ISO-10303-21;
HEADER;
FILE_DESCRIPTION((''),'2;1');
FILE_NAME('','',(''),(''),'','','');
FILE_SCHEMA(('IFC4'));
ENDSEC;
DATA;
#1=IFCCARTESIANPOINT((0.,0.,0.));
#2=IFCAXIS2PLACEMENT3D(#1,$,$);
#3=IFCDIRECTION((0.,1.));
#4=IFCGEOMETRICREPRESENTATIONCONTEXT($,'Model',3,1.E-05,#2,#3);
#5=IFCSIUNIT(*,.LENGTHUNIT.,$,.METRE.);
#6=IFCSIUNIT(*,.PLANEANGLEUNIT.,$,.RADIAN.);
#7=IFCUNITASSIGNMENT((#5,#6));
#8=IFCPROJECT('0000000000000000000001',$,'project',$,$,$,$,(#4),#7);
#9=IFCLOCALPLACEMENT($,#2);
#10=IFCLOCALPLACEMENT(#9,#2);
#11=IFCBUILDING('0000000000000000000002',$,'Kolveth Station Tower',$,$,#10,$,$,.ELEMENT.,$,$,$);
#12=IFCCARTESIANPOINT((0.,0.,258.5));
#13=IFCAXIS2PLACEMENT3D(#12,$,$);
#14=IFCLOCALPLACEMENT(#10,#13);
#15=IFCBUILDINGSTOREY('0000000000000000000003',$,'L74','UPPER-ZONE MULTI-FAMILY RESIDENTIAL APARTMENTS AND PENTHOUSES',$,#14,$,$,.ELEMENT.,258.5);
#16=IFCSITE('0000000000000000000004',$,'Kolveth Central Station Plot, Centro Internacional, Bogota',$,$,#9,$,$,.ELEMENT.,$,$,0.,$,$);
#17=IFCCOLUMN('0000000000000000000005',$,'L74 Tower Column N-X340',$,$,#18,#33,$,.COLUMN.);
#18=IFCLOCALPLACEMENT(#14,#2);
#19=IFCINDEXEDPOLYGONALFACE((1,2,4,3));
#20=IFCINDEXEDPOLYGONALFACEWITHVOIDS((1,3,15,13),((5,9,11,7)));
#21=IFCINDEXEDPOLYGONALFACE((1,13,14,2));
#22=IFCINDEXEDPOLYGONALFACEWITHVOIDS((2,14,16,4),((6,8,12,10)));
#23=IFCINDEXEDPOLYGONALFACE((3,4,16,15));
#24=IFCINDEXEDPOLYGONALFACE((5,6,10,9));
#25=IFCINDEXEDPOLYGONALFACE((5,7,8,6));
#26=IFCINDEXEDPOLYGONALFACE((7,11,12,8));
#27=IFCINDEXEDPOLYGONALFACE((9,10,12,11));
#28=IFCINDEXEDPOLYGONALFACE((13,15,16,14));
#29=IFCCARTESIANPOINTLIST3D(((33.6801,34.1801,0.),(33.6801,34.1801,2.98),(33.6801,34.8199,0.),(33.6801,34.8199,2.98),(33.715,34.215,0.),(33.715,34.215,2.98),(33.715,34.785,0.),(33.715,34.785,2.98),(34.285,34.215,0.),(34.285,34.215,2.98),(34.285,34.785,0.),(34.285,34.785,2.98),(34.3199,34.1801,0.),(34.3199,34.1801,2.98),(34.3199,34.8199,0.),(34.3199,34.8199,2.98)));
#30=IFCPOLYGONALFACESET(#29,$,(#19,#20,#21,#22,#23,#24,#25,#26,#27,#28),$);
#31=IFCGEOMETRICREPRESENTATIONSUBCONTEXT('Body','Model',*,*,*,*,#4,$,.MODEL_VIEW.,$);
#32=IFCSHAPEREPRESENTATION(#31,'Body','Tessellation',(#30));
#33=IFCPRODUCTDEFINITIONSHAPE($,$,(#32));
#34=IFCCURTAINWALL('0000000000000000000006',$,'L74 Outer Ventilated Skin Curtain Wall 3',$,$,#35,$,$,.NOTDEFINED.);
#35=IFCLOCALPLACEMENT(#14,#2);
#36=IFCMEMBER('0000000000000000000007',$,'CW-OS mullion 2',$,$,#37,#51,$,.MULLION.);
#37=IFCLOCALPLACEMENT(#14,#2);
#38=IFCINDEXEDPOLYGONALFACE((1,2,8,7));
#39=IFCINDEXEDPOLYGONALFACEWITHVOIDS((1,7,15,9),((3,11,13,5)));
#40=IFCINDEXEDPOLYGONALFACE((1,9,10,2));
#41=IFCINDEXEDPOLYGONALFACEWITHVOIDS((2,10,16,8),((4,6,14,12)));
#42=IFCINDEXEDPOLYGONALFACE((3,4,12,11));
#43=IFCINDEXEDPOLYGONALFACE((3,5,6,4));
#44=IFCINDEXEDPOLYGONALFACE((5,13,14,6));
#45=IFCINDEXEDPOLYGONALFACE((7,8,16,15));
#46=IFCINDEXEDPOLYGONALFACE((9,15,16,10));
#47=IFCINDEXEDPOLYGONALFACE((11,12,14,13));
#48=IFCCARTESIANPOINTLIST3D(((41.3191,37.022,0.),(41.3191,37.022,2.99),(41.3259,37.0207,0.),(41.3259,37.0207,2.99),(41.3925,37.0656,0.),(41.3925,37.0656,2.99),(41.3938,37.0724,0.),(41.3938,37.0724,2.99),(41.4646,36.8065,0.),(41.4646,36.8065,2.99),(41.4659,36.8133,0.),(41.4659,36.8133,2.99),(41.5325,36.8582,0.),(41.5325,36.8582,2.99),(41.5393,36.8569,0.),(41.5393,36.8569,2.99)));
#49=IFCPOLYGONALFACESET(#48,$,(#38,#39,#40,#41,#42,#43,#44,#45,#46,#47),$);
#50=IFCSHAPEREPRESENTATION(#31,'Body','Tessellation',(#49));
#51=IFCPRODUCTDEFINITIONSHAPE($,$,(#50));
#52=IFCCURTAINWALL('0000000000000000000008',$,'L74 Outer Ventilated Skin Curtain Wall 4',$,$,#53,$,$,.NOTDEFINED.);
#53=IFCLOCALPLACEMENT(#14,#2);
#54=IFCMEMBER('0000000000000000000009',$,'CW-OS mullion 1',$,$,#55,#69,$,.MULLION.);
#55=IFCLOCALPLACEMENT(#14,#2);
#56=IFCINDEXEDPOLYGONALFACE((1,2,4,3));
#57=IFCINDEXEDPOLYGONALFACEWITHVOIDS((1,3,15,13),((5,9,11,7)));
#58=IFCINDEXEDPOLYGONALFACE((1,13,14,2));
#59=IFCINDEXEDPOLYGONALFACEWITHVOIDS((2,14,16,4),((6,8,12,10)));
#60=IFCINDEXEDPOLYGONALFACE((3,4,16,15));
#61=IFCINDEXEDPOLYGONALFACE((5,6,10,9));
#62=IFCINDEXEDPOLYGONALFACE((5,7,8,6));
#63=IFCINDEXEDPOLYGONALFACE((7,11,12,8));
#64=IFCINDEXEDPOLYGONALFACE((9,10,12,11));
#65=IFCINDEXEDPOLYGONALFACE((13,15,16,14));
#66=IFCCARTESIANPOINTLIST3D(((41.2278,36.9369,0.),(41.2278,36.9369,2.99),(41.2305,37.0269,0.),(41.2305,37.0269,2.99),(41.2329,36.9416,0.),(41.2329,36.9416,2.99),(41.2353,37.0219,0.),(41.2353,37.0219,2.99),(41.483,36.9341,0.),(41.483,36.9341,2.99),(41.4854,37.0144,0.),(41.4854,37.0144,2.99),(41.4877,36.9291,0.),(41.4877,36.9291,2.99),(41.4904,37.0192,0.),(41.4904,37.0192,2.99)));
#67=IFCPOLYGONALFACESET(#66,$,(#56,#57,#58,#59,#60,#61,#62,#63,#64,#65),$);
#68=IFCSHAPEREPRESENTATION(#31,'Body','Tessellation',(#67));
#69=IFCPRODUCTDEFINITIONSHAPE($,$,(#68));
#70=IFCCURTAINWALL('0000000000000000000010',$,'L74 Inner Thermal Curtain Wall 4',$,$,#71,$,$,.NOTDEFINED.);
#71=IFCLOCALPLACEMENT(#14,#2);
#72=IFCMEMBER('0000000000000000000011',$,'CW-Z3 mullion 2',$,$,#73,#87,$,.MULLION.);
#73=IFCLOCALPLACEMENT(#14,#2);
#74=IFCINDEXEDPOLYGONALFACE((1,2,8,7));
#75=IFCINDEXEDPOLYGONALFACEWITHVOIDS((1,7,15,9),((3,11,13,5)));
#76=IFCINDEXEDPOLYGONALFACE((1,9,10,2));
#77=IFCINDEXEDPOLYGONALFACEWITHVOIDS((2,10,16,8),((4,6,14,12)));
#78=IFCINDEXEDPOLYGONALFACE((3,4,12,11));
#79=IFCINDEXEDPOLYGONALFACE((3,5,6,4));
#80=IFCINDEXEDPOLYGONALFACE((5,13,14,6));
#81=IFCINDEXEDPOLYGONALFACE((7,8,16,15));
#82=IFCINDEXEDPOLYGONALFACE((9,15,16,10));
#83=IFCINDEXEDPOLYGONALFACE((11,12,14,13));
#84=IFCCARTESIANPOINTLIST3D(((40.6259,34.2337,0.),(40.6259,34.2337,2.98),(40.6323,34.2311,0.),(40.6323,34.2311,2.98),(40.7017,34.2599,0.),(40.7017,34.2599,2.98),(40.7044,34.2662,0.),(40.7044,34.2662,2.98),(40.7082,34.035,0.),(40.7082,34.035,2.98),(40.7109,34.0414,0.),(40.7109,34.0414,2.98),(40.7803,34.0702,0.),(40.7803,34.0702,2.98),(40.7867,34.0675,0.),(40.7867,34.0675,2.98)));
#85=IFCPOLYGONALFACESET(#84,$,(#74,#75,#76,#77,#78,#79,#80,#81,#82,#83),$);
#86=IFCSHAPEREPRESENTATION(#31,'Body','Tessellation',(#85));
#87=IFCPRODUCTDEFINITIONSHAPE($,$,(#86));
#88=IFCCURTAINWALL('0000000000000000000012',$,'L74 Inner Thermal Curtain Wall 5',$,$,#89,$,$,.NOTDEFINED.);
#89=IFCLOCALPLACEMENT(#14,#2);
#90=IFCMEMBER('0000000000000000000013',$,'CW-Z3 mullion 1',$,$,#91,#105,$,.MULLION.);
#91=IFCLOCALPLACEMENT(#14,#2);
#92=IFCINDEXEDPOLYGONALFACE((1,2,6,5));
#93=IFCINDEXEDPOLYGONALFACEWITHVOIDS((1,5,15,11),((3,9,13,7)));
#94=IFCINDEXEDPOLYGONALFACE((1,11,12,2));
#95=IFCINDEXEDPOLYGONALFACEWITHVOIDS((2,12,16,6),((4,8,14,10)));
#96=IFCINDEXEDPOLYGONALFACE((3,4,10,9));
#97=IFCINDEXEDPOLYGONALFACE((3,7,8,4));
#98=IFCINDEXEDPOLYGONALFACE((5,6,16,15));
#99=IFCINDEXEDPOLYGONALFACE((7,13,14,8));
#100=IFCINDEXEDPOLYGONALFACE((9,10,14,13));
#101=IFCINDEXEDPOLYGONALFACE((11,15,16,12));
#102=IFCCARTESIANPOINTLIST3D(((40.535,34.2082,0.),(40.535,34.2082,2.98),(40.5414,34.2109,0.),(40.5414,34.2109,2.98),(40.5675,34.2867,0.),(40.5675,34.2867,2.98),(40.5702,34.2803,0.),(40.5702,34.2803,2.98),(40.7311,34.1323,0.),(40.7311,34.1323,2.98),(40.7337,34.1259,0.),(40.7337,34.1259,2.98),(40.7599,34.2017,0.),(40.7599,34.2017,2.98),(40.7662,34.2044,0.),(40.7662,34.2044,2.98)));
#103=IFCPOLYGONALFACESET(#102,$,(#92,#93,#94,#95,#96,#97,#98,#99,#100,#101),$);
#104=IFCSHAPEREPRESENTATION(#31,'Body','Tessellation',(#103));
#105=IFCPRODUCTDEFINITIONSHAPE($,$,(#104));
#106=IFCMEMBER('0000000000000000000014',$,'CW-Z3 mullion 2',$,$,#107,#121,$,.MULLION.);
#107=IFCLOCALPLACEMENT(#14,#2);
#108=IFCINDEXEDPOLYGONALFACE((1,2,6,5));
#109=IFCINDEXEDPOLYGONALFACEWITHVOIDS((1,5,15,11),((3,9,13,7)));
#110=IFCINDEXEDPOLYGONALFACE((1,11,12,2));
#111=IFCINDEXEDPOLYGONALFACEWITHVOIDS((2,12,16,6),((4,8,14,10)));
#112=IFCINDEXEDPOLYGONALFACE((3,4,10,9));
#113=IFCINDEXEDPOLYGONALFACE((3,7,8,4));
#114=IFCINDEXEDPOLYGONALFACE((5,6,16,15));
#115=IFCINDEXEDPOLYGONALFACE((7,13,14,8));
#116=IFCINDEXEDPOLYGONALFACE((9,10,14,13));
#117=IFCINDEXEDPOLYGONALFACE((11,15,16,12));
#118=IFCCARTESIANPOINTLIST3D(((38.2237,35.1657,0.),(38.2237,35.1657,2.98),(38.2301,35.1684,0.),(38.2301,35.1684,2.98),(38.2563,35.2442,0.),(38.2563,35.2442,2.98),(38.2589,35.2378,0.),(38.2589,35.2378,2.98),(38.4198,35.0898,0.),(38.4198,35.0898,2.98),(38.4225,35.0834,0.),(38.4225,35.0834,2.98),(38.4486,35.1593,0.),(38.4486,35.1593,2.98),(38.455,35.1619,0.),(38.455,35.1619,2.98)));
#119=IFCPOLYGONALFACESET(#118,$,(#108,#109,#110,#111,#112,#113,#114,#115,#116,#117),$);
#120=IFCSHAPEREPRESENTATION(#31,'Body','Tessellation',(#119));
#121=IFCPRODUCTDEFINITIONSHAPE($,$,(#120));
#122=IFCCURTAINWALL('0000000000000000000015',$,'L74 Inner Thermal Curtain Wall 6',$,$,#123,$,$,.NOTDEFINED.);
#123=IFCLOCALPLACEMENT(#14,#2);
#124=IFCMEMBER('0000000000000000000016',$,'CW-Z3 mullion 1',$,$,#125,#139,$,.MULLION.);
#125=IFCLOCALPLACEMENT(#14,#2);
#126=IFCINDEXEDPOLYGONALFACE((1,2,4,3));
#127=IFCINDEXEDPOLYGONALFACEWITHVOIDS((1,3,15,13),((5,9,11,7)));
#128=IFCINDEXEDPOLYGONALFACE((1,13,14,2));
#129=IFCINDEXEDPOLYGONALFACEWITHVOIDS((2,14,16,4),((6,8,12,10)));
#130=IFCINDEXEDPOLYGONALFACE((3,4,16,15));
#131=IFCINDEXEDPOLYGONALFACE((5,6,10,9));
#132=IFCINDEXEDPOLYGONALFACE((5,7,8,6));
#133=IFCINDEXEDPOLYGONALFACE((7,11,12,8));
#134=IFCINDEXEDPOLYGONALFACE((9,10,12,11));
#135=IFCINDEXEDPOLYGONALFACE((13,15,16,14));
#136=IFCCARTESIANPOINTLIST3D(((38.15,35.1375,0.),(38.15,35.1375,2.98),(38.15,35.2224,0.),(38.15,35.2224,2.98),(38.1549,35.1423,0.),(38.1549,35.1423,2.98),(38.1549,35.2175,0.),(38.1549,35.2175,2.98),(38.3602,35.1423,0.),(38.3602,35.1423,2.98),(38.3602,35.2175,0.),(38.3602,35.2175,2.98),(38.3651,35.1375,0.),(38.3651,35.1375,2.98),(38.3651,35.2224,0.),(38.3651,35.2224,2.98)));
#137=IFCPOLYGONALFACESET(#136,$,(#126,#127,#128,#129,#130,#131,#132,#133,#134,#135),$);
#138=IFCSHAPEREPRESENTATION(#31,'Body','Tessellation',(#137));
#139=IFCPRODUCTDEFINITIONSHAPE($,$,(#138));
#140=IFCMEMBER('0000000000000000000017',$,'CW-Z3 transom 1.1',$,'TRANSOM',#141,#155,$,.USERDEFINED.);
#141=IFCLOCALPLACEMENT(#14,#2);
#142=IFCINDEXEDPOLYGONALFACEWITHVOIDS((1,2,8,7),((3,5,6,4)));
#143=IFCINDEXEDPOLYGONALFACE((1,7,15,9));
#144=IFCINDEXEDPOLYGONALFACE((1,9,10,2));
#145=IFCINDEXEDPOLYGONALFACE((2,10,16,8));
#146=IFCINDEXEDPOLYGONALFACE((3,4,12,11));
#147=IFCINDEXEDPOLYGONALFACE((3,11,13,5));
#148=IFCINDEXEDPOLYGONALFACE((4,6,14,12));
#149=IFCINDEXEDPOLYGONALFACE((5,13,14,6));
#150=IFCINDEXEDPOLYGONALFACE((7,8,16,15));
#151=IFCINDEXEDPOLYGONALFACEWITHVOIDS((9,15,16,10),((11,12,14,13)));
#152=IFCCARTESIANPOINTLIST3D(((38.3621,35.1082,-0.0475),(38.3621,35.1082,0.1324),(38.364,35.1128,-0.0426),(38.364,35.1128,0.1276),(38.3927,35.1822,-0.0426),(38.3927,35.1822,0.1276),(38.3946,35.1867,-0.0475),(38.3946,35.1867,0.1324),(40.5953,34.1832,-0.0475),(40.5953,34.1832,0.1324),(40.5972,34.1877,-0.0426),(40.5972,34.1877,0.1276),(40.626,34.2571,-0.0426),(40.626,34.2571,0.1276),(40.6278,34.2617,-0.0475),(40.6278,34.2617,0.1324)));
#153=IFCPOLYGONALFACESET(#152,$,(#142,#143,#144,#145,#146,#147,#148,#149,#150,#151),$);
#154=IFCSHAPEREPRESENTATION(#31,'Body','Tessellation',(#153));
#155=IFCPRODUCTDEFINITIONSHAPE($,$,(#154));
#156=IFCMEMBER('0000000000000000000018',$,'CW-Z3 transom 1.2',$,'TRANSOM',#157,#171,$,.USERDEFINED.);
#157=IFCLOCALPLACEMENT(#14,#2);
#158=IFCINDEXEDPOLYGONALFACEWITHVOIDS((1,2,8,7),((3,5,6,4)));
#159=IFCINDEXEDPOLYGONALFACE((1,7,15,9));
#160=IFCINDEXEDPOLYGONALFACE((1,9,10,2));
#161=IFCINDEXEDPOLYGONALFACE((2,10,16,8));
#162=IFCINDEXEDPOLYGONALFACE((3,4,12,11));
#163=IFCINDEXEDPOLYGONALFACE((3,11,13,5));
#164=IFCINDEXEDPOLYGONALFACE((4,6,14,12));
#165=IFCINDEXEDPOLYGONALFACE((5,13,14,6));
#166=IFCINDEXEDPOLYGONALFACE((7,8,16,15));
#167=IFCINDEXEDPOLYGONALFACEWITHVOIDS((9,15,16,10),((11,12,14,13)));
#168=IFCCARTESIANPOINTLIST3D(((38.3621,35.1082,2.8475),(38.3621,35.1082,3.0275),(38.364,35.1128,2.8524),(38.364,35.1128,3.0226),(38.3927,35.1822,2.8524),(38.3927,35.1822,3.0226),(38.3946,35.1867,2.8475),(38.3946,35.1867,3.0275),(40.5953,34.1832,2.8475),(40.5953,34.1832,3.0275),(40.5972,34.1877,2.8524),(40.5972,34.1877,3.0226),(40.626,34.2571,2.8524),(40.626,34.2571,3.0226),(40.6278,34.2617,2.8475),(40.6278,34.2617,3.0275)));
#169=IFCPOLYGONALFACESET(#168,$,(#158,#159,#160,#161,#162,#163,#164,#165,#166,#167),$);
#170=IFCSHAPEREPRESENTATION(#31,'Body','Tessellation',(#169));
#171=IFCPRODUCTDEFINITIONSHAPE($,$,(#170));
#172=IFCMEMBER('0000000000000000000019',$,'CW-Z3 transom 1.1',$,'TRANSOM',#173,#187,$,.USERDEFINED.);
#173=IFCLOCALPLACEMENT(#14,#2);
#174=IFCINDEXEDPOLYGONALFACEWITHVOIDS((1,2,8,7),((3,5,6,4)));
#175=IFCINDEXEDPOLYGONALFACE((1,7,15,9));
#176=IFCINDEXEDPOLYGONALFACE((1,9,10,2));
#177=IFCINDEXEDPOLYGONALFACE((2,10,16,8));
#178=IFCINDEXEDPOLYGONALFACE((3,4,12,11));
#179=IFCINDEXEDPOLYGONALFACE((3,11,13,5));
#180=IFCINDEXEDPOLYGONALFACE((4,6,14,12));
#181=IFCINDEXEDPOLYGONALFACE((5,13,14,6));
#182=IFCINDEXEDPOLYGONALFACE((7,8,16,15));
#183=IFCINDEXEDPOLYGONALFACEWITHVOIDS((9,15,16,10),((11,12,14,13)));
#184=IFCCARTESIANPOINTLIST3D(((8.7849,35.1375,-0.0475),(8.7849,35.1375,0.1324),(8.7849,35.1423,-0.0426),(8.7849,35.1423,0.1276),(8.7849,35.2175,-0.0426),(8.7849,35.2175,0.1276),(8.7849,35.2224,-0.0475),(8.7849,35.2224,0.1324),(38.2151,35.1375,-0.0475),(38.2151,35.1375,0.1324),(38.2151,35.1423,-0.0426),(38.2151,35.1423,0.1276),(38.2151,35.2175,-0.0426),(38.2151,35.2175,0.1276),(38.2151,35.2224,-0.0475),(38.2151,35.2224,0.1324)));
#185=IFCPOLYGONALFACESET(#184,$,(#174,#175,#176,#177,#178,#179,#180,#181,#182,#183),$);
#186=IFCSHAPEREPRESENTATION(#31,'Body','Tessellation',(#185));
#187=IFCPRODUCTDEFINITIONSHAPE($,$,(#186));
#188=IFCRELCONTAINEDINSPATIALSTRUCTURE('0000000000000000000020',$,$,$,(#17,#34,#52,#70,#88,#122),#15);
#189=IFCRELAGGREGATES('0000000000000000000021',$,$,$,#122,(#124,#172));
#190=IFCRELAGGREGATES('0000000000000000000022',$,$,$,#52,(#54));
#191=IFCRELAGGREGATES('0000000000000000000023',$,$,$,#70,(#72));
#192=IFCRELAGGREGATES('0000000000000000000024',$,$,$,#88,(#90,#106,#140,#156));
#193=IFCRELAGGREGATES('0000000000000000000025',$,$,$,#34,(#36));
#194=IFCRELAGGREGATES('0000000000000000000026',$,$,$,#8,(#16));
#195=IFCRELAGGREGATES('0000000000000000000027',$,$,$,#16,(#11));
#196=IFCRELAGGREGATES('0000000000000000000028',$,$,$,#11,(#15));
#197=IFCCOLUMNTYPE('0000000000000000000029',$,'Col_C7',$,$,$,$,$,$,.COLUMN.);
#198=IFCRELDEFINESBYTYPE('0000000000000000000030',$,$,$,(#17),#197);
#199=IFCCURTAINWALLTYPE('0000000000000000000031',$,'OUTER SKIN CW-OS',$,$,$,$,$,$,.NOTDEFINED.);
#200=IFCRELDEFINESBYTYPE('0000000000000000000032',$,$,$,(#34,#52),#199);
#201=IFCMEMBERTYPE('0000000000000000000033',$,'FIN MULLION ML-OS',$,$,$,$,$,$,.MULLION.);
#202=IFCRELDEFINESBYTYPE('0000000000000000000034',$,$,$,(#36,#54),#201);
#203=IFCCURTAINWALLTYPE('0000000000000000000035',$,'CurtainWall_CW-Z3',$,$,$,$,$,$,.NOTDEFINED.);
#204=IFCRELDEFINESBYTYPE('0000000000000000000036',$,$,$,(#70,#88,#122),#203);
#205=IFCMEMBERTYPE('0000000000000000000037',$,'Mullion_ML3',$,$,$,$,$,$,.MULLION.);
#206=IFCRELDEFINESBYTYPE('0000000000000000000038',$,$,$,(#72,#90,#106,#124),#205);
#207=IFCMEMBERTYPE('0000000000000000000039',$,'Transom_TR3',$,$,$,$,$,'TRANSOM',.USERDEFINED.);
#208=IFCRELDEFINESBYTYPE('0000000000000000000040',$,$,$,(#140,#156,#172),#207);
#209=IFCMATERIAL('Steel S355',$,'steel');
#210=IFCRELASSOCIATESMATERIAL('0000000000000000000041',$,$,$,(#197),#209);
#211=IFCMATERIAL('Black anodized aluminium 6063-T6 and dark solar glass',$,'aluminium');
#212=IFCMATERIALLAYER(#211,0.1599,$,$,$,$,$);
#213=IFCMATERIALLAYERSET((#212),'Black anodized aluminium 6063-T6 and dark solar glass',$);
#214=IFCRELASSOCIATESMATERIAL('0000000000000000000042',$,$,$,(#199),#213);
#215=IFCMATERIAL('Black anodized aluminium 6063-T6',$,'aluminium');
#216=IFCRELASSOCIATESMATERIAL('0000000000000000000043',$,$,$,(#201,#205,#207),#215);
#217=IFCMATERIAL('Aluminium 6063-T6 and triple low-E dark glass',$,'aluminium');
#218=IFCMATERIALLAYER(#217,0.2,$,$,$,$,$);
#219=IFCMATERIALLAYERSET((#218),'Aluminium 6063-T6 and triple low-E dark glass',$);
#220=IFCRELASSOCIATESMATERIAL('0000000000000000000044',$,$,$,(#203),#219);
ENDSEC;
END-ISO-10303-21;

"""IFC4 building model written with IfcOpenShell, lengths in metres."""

from ifc_helpers import new_model, si_unit, direction, frame, origin, origin_2d, place, context, subcontext, project, spatial, hollow_rectangle, extrude, source, transform, mapped, material, layer, layer_set, material_profile, profile_set, type_object, element, aggregate, save


model = new_model("IFC4")

# Units and contexts
model_context = context("Model", 3, precision=1e-05, world=origin(), true_north=direction((0.0, 1.0)))
body_context = subcontext(model_context, "Body", "Model", "MODEL_VIEW")
ifc_project = project(units=[si_unit("LENGTHUNIT", "METRE"), si_unit("PLANEANGLEUNIT", "RADIAN")], contexts=[model_context])

# Site, building, storey
site_placement = place(None, origin())
site = spatial("IfcSite", under=ifc_project, at=site_placement, Name="Kolveth Central Station Plot, Centro Internacional, Bogota", CompositionType="ELEMENT", RefElevation=0.0)
building_placement = place(site_placement, origin())
building = spatial("IfcBuilding", under=site, at=building_placement, Name="Kolveth Station Tower", CompositionType="ELEMENT")
storey_placement = place(building_placement, frame((0.0, 0.0, 258.5)))
storey = spatial("IfcBuildingStorey", under=building, at=storey_placement, Name="L74", Description="UPPER-ZONE MULTI-FAMILY RESIDENTIAL APARTMENTS AND PENTHOUSES", CompositionType="ELEMENT", Elevation=258.5)

# Column
ifc_material_1 = material(Name="Steel S355", Category="steel")
ifc_material_profile_1 = material_profile(ifc_material_1, hollow_rectangle(XDim=0.6399, YDim=0.6399, WallThickness=0.0349, at=origin_2d()), Name="BOX640x640x35")
ifc_profile_set_1 = profile_set([ifc_material_profile_1], Name="Steel S355")
column_type = type_object("IfcColumnType", Name="Col_C7", PredefinedType="COLUMN", material=ifc_profile_set_1)
shared_shape_1 = source(origin(), body_context, "Body", "SweptSolid", [
    extrude(hollow_rectangle(XDim=0.6399, YDim=0.6399, WallThickness=0.0349, at=origin_2d()), origin(), (0.0, 0.0, 1.0), 2.98),
])
column_placement = place(storey_placement, frame((34.0, 34.5, 0.0), z_axis=(0.0, 0.0, 1.0), x_axis=(1.0, 0.0, 0.0)))
element("IfcColumn", 1, at=column_placement, inside=storey, type_object=column_type, Name="L74 Tower Column N-X340", PredefinedType="COLUMN", context=body_context, shape_type="MappedRepresentation", body=[
    mapped(shared_shape_1, transform((0.0, 0.0, 0.0), x_axis=(1.0, 0.0, 0.0), y_axis=(0.0, 1.0, 0.0), z_axis=(0.0, 0.0, 1.0), scale=1.0)),
])

# Curtain walls, members
ifc_material_2 = material(Name="Black anodized aluminium 6063-T6 and dark solar glass", Category="aluminium")
ifc_layer_1 = layer(ifc_material_2, 0.1599)
ifc_layer_set_1 = layer_set([ifc_layer_1], Name="Black anodized aluminium 6063-T6 and dark solar glass")
curtain_wall_type_1 = type_object("IfcCurtainWallType", Name="OUTER SKIN CW-OS", PredefinedType="NOTDEFINED", material=ifc_layer_set_1)
curtain_wall_1_placement = place(storey_placement, origin())
curtain_wall_1 = element("IfcCurtainWall", 2, at=curtain_wall_1_placement, inside=storey, type_object=curtain_wall_type_1, Name="L74 Outer Ventilated Skin Curtain Wall 3", PredefinedType="NOTDEFINED")
ifc_material_3 = material(Name="Black anodized aluminium 6063-T6", Category="aluminium")
ifc_material_profile_2 = material_profile(ifc_material_3, hollow_rectangle(XDim=0.0901, YDim=0.26, WallThickness=0.0049, at=origin_2d()), Name="ALU-90x260x5")
ifc_profile_set_2 = profile_set([ifc_material_profile_2], Name="Black anodized aluminium 6063-T6")
member_type_1 = type_object("IfcMemberType", Name="FIN MULLION ML-OS", PredefinedType="MULLION", material=ifc_profile_set_2)
shared_shape_2 = source(origin(), body_context, "Body", "SweptSolid", [
    extrude(hollow_rectangle(XDim=0.0901, YDim=0.26, WallThickness=0.0049, at=origin_2d()), origin(), (0.0, 0.0, 1.0), 2.99),
])
member_1_placement = place(storey_placement, frame((41.4292, 36.9395, 0.0), z_axis=(0.0, 0.0, 1.0), x_axis=(-0.828883, -0.559422, 0.0)))
member_1 = element("IfcMember", 3, at=member_1_placement, type_object=member_type_1, Name="CW-OS mullion 2", PredefinedType="MULLION", context=body_context, shape_type="MappedRepresentation", body=[
    mapped(shared_shape_2, transform((0.0, 0.0, 0.0), x_axis=(1.0, 0.0, 0.0), y_axis=(0.0, 1.0, 0.0), z_axis=(0.0, 0.0, 1.0), scale=1.0)),
])
curtain_wall_2_placement = place(storey_placement, origin())
curtain_wall_2 = element("IfcCurtainWall", 4, at=curtain_wall_2_placement, inside=storey, type_object=curtain_wall_type_1, Name="L74 Outer Ventilated Skin Curtain Wall 4", PredefinedType="NOTDEFINED")
member_2_placement = place(storey_placement, frame((41.3591, 36.978, 0.0), z_axis=(0.0, 0.0, 1.0), x_axis=(-0.029941, -0.999552, 0.0)))
member_2 = element("IfcMember", 5, at=member_2_placement, type_object=member_type_1, Name="CW-OS mullion 1", PredefinedType="MULLION", context=body_context, shape_type="MappedRepresentation", body=[
    mapped(shared_shape_2, transform((0.0, 0.0, 0.0), x_axis=(1.0, 0.0, 0.0), y_axis=(0.0, 1.0, 0.0), z_axis=(0.0, 0.0, 1.0), scale=1.0)),
])
ifc_material_4 = material(Name="Aluminium 6063-T6 and triple low-E dark glass", Category="aluminium")
ifc_layer_2 = layer(ifc_material_4, 0.2)
ifc_layer_set_2 = layer_set([ifc_layer_2], Name="Aluminium 6063-T6 and triple low-E dark glass")
curtain_wall_type_2 = type_object("IfcCurtainWallType", Name="CurtainWall_CW-Z3", PredefinedType="NOTDEFINED", material=ifc_layer_set_2)
curtain_wall_3_placement = place(storey_placement, origin())
curtain_wall_3 = element("IfcCurtainWall", 6, at=curtain_wall_3_placement, inside=storey, type_object=curtain_wall_type_2, Name="L74 Inner Thermal Curtain Wall 4", PredefinedType="NOTDEFINED")
ifc_material_profile_3 = material_profile(ifc_material_3, hollow_rectangle(XDim=0.085, YDim=0.2151, WallThickness=0.0049, at=origin_2d()), Name="ALU-85x215x5")
ifc_profile_set_3 = profile_set([ifc_material_profile_3], Name="Black anodized aluminium 6063-T6")
member_type_2 = type_object("IfcMemberType", Name="Mullion_ML3", PredefinedType="MULLION", material=ifc_profile_set_3)
shared_shape_3 = source(origin(), body_context, "Body", "SweptSolid", [
    extrude(hollow_rectangle(XDim=0.085, YDim=0.2151, WallThickness=0.0049, at=origin_2d()), origin(), (0.0, 0.0, 1.0), 2.98),
])
member_3_placement = place(storey_placement, frame((40.7063, 34.1506, 0.0), z_axis=(0.0, 0.0, 1.0), x_axis=(-0.923875, -0.382693, 0.0)))
member_3 = element("IfcMember", 7, at=member_3_placement, type_object=member_type_2, Name="CW-Z3 mullion 2", PredefinedType="MULLION", context=body_context, shape_type="MappedRepresentation", body=[
    mapped(shared_shape_3, transform((0.0, 0.0, 0.0), x_axis=(1.0, 0.0, 0.0), y_axis=(0.0, 1.0, 0.0), z_axis=(0.0, 0.0, 1.0), scale=1.0)),
])

# Curtain wall, members
curtain_wall_4_placement = place(storey_placement, origin())
curtain_wall_4 = element("IfcCurtainWall", 8, at=curtain_wall_4_placement, inside=storey, type_object=curtain_wall_type_2, Name="L74 Inner Thermal Curtain Wall 5", PredefinedType="NOTDEFINED")
member_4_placement = place(storey_placement, frame((40.6506, 34.2063, 0.0), z_axis=(0.0, 0.0, 1.0), x_axis=(-0.382693, -0.923875, 0.0)))
member_4 = element("IfcMember", 9, at=member_4_placement, type_object=member_type_2, Name="CW-Z3 mullion 1", PredefinedType="MULLION", context=body_context, shape_type="MappedRepresentation", body=[
    mapped(shared_shape_3, transform((0.0, 0.0, 0.0), x_axis=(1.0, 0.0, 0.0), y_axis=(0.0, 1.0, 0.0), z_axis=(0.0, 0.0, 1.0), scale=1.0)),
])
member_5_placement = place(storey_placement, frame((38.3394, 35.1638, 0.0), z_axis=(0.0, 0.0, 1.0), x_axis=(-0.382693, -0.923875, 0.0)))
member_5 = element("IfcMember", 10, at=member_5_placement, type_object=member_type_2, Name="CW-Z3 mullion 2", PredefinedType="MULLION", context=body_context, shape_type="MappedRepresentation", body=[
    mapped(shared_shape_3, transform((0.0, 0.0, 0.0), x_axis=(1.0, 0.0, 0.0), y_axis=(0.0, 1.0, 0.0), z_axis=(0.0, 0.0, 1.0), scale=1.0)),
])

# Curtain wall, member
curtain_wall_5_placement = place(storey_placement, origin())
curtain_wall_5 = element("IfcCurtainWall", 11, at=curtain_wall_5_placement, inside=storey, type_object=curtain_wall_type_2, Name="L74 Inner Thermal Curtain Wall 6", PredefinedType="NOTDEFINED")
member_6_placement = place(storey_placement, frame((38.2576, 35.1799, 0.0), z_axis=(0.0, 0.0, 1.0), x_axis=(0.0, -1.0, 0.0)))
member_6 = element("IfcMember", 12, at=member_6_placement, type_object=member_type_2, Name="CW-Z3 mullion 1", PredefinedType="MULLION", context=body_context, shape_type="MappedRepresentation", body=[
    mapped(shared_shape_3, transform((0.0, 0.0, 0.0), x_axis=(1.0, 0.0, 0.0), y_axis=(0.0, 1.0, 0.0), z_axis=(0.0, 0.0, 1.0), scale=1.0)),
])

# Members
ifc_material_profile_4 = material_profile(ifc_material_3, hollow_rectangle(XDim=0.085, YDim=0.1799, WallThickness=0.0049, at=origin_2d()), Name="ALU-85x180x5")
ifc_profile_set_4 = profile_set([ifc_material_profile_4], Name="Black anodized aluminium 6063-T6")
member_type_3 = type_object("IfcMemberType", Name="Transom_TR3", ElementType="TRANSOM", PredefinedType="USERDEFINED", material=ifc_profile_set_4)
shared_shape_4 = source(origin(), body_context, "Body", "SweptSolid", [
    extrude(hollow_rectangle(XDim=0.085, YDim=0.1799, WallThickness=0.0049, at=origin_2d()), origin(), (0.0, 0.0, 1.0), 2.4172),
])
member_7_placement = place(storey_placement, frame((40.6116, 34.2224, 0.0425), z_axis=(-0.923873, 0.3827, 0.0), x_axis=(-0.3827, -0.923873, 0.0)))
member_7 = element("IfcMember", 13, at=member_7_placement, type_object=member_type_3, Name="CW-Z3 transom 1.1", ObjectType="TRANSOM", PredefinedType="USERDEFINED", context=body_context, shape_type="MappedRepresentation", body=[
    mapped(shared_shape_4, transform((0.0, 0.0, 0.0), x_axis=(1.0, 0.0, 0.0), y_axis=(0.0, 1.0, 0.0), z_axis=(0.0, 0.0, 1.0), scale=1.0)),
])
member_8_placement = place(storey_placement, frame((40.6116, 34.2224, 2.9375), z_axis=(-0.923873, 0.3827, 0.0), x_axis=(-0.3827, -0.923873, 0.0)))
member_8 = element("IfcMember", 14, at=member_8_placement, type_object=member_type_3, Name="CW-Z3 transom 1.2", ObjectType="TRANSOM", PredefinedType="USERDEFINED", context=body_context, shape_type="MappedRepresentation", body=[
    mapped(shared_shape_4, transform((0.0, 0.0, 0.0), x_axis=(1.0, 0.0, 0.0), y_axis=(0.0, 1.0, 0.0), z_axis=(0.0, 0.0, 1.0), scale=1.0)),
])
shared_shape_5 = source(origin(), body_context, "Body", "SweptSolid", [
    extrude(hollow_rectangle(XDim=0.085, YDim=0.1799, WallThickness=0.0049, at=origin_2d()), origin(), (0.0, 0.0, 1.0), 29.4302),
])
member_9_placement = place(storey_placement, frame((38.2151, 35.1799, 0.0425), z_axis=(-1.0, 0.0, 0.0), x_axis=(0.0, -1.0, 0.0)))
member_9 = element("IfcMember", 15, at=member_9_placement, type_object=member_type_3, Name="CW-Z3 transom 1.1", ObjectType="TRANSOM", PredefinedType="USERDEFINED", context=body_context, shape_type="MappedRepresentation", body=[
    mapped(shared_shape_5, transform((0.0, 0.0, 0.0), x_axis=(1.0, 0.0, 0.0), y_axis=(0.0, 1.0, 0.0), z_axis=(0.0, 0.0, 1.0), scale=1.0)),
])
aggregate(curtain_wall_5, [member_6, member_9])
aggregate(curtain_wall_2, [member_2])

aggregate(curtain_wall_3, [member_3])
aggregate(curtain_wall_4, [member_4, member_5, member_7, member_8])
aggregate(curtain_wall_1, [member_1])

save(model, "model.ifc")
